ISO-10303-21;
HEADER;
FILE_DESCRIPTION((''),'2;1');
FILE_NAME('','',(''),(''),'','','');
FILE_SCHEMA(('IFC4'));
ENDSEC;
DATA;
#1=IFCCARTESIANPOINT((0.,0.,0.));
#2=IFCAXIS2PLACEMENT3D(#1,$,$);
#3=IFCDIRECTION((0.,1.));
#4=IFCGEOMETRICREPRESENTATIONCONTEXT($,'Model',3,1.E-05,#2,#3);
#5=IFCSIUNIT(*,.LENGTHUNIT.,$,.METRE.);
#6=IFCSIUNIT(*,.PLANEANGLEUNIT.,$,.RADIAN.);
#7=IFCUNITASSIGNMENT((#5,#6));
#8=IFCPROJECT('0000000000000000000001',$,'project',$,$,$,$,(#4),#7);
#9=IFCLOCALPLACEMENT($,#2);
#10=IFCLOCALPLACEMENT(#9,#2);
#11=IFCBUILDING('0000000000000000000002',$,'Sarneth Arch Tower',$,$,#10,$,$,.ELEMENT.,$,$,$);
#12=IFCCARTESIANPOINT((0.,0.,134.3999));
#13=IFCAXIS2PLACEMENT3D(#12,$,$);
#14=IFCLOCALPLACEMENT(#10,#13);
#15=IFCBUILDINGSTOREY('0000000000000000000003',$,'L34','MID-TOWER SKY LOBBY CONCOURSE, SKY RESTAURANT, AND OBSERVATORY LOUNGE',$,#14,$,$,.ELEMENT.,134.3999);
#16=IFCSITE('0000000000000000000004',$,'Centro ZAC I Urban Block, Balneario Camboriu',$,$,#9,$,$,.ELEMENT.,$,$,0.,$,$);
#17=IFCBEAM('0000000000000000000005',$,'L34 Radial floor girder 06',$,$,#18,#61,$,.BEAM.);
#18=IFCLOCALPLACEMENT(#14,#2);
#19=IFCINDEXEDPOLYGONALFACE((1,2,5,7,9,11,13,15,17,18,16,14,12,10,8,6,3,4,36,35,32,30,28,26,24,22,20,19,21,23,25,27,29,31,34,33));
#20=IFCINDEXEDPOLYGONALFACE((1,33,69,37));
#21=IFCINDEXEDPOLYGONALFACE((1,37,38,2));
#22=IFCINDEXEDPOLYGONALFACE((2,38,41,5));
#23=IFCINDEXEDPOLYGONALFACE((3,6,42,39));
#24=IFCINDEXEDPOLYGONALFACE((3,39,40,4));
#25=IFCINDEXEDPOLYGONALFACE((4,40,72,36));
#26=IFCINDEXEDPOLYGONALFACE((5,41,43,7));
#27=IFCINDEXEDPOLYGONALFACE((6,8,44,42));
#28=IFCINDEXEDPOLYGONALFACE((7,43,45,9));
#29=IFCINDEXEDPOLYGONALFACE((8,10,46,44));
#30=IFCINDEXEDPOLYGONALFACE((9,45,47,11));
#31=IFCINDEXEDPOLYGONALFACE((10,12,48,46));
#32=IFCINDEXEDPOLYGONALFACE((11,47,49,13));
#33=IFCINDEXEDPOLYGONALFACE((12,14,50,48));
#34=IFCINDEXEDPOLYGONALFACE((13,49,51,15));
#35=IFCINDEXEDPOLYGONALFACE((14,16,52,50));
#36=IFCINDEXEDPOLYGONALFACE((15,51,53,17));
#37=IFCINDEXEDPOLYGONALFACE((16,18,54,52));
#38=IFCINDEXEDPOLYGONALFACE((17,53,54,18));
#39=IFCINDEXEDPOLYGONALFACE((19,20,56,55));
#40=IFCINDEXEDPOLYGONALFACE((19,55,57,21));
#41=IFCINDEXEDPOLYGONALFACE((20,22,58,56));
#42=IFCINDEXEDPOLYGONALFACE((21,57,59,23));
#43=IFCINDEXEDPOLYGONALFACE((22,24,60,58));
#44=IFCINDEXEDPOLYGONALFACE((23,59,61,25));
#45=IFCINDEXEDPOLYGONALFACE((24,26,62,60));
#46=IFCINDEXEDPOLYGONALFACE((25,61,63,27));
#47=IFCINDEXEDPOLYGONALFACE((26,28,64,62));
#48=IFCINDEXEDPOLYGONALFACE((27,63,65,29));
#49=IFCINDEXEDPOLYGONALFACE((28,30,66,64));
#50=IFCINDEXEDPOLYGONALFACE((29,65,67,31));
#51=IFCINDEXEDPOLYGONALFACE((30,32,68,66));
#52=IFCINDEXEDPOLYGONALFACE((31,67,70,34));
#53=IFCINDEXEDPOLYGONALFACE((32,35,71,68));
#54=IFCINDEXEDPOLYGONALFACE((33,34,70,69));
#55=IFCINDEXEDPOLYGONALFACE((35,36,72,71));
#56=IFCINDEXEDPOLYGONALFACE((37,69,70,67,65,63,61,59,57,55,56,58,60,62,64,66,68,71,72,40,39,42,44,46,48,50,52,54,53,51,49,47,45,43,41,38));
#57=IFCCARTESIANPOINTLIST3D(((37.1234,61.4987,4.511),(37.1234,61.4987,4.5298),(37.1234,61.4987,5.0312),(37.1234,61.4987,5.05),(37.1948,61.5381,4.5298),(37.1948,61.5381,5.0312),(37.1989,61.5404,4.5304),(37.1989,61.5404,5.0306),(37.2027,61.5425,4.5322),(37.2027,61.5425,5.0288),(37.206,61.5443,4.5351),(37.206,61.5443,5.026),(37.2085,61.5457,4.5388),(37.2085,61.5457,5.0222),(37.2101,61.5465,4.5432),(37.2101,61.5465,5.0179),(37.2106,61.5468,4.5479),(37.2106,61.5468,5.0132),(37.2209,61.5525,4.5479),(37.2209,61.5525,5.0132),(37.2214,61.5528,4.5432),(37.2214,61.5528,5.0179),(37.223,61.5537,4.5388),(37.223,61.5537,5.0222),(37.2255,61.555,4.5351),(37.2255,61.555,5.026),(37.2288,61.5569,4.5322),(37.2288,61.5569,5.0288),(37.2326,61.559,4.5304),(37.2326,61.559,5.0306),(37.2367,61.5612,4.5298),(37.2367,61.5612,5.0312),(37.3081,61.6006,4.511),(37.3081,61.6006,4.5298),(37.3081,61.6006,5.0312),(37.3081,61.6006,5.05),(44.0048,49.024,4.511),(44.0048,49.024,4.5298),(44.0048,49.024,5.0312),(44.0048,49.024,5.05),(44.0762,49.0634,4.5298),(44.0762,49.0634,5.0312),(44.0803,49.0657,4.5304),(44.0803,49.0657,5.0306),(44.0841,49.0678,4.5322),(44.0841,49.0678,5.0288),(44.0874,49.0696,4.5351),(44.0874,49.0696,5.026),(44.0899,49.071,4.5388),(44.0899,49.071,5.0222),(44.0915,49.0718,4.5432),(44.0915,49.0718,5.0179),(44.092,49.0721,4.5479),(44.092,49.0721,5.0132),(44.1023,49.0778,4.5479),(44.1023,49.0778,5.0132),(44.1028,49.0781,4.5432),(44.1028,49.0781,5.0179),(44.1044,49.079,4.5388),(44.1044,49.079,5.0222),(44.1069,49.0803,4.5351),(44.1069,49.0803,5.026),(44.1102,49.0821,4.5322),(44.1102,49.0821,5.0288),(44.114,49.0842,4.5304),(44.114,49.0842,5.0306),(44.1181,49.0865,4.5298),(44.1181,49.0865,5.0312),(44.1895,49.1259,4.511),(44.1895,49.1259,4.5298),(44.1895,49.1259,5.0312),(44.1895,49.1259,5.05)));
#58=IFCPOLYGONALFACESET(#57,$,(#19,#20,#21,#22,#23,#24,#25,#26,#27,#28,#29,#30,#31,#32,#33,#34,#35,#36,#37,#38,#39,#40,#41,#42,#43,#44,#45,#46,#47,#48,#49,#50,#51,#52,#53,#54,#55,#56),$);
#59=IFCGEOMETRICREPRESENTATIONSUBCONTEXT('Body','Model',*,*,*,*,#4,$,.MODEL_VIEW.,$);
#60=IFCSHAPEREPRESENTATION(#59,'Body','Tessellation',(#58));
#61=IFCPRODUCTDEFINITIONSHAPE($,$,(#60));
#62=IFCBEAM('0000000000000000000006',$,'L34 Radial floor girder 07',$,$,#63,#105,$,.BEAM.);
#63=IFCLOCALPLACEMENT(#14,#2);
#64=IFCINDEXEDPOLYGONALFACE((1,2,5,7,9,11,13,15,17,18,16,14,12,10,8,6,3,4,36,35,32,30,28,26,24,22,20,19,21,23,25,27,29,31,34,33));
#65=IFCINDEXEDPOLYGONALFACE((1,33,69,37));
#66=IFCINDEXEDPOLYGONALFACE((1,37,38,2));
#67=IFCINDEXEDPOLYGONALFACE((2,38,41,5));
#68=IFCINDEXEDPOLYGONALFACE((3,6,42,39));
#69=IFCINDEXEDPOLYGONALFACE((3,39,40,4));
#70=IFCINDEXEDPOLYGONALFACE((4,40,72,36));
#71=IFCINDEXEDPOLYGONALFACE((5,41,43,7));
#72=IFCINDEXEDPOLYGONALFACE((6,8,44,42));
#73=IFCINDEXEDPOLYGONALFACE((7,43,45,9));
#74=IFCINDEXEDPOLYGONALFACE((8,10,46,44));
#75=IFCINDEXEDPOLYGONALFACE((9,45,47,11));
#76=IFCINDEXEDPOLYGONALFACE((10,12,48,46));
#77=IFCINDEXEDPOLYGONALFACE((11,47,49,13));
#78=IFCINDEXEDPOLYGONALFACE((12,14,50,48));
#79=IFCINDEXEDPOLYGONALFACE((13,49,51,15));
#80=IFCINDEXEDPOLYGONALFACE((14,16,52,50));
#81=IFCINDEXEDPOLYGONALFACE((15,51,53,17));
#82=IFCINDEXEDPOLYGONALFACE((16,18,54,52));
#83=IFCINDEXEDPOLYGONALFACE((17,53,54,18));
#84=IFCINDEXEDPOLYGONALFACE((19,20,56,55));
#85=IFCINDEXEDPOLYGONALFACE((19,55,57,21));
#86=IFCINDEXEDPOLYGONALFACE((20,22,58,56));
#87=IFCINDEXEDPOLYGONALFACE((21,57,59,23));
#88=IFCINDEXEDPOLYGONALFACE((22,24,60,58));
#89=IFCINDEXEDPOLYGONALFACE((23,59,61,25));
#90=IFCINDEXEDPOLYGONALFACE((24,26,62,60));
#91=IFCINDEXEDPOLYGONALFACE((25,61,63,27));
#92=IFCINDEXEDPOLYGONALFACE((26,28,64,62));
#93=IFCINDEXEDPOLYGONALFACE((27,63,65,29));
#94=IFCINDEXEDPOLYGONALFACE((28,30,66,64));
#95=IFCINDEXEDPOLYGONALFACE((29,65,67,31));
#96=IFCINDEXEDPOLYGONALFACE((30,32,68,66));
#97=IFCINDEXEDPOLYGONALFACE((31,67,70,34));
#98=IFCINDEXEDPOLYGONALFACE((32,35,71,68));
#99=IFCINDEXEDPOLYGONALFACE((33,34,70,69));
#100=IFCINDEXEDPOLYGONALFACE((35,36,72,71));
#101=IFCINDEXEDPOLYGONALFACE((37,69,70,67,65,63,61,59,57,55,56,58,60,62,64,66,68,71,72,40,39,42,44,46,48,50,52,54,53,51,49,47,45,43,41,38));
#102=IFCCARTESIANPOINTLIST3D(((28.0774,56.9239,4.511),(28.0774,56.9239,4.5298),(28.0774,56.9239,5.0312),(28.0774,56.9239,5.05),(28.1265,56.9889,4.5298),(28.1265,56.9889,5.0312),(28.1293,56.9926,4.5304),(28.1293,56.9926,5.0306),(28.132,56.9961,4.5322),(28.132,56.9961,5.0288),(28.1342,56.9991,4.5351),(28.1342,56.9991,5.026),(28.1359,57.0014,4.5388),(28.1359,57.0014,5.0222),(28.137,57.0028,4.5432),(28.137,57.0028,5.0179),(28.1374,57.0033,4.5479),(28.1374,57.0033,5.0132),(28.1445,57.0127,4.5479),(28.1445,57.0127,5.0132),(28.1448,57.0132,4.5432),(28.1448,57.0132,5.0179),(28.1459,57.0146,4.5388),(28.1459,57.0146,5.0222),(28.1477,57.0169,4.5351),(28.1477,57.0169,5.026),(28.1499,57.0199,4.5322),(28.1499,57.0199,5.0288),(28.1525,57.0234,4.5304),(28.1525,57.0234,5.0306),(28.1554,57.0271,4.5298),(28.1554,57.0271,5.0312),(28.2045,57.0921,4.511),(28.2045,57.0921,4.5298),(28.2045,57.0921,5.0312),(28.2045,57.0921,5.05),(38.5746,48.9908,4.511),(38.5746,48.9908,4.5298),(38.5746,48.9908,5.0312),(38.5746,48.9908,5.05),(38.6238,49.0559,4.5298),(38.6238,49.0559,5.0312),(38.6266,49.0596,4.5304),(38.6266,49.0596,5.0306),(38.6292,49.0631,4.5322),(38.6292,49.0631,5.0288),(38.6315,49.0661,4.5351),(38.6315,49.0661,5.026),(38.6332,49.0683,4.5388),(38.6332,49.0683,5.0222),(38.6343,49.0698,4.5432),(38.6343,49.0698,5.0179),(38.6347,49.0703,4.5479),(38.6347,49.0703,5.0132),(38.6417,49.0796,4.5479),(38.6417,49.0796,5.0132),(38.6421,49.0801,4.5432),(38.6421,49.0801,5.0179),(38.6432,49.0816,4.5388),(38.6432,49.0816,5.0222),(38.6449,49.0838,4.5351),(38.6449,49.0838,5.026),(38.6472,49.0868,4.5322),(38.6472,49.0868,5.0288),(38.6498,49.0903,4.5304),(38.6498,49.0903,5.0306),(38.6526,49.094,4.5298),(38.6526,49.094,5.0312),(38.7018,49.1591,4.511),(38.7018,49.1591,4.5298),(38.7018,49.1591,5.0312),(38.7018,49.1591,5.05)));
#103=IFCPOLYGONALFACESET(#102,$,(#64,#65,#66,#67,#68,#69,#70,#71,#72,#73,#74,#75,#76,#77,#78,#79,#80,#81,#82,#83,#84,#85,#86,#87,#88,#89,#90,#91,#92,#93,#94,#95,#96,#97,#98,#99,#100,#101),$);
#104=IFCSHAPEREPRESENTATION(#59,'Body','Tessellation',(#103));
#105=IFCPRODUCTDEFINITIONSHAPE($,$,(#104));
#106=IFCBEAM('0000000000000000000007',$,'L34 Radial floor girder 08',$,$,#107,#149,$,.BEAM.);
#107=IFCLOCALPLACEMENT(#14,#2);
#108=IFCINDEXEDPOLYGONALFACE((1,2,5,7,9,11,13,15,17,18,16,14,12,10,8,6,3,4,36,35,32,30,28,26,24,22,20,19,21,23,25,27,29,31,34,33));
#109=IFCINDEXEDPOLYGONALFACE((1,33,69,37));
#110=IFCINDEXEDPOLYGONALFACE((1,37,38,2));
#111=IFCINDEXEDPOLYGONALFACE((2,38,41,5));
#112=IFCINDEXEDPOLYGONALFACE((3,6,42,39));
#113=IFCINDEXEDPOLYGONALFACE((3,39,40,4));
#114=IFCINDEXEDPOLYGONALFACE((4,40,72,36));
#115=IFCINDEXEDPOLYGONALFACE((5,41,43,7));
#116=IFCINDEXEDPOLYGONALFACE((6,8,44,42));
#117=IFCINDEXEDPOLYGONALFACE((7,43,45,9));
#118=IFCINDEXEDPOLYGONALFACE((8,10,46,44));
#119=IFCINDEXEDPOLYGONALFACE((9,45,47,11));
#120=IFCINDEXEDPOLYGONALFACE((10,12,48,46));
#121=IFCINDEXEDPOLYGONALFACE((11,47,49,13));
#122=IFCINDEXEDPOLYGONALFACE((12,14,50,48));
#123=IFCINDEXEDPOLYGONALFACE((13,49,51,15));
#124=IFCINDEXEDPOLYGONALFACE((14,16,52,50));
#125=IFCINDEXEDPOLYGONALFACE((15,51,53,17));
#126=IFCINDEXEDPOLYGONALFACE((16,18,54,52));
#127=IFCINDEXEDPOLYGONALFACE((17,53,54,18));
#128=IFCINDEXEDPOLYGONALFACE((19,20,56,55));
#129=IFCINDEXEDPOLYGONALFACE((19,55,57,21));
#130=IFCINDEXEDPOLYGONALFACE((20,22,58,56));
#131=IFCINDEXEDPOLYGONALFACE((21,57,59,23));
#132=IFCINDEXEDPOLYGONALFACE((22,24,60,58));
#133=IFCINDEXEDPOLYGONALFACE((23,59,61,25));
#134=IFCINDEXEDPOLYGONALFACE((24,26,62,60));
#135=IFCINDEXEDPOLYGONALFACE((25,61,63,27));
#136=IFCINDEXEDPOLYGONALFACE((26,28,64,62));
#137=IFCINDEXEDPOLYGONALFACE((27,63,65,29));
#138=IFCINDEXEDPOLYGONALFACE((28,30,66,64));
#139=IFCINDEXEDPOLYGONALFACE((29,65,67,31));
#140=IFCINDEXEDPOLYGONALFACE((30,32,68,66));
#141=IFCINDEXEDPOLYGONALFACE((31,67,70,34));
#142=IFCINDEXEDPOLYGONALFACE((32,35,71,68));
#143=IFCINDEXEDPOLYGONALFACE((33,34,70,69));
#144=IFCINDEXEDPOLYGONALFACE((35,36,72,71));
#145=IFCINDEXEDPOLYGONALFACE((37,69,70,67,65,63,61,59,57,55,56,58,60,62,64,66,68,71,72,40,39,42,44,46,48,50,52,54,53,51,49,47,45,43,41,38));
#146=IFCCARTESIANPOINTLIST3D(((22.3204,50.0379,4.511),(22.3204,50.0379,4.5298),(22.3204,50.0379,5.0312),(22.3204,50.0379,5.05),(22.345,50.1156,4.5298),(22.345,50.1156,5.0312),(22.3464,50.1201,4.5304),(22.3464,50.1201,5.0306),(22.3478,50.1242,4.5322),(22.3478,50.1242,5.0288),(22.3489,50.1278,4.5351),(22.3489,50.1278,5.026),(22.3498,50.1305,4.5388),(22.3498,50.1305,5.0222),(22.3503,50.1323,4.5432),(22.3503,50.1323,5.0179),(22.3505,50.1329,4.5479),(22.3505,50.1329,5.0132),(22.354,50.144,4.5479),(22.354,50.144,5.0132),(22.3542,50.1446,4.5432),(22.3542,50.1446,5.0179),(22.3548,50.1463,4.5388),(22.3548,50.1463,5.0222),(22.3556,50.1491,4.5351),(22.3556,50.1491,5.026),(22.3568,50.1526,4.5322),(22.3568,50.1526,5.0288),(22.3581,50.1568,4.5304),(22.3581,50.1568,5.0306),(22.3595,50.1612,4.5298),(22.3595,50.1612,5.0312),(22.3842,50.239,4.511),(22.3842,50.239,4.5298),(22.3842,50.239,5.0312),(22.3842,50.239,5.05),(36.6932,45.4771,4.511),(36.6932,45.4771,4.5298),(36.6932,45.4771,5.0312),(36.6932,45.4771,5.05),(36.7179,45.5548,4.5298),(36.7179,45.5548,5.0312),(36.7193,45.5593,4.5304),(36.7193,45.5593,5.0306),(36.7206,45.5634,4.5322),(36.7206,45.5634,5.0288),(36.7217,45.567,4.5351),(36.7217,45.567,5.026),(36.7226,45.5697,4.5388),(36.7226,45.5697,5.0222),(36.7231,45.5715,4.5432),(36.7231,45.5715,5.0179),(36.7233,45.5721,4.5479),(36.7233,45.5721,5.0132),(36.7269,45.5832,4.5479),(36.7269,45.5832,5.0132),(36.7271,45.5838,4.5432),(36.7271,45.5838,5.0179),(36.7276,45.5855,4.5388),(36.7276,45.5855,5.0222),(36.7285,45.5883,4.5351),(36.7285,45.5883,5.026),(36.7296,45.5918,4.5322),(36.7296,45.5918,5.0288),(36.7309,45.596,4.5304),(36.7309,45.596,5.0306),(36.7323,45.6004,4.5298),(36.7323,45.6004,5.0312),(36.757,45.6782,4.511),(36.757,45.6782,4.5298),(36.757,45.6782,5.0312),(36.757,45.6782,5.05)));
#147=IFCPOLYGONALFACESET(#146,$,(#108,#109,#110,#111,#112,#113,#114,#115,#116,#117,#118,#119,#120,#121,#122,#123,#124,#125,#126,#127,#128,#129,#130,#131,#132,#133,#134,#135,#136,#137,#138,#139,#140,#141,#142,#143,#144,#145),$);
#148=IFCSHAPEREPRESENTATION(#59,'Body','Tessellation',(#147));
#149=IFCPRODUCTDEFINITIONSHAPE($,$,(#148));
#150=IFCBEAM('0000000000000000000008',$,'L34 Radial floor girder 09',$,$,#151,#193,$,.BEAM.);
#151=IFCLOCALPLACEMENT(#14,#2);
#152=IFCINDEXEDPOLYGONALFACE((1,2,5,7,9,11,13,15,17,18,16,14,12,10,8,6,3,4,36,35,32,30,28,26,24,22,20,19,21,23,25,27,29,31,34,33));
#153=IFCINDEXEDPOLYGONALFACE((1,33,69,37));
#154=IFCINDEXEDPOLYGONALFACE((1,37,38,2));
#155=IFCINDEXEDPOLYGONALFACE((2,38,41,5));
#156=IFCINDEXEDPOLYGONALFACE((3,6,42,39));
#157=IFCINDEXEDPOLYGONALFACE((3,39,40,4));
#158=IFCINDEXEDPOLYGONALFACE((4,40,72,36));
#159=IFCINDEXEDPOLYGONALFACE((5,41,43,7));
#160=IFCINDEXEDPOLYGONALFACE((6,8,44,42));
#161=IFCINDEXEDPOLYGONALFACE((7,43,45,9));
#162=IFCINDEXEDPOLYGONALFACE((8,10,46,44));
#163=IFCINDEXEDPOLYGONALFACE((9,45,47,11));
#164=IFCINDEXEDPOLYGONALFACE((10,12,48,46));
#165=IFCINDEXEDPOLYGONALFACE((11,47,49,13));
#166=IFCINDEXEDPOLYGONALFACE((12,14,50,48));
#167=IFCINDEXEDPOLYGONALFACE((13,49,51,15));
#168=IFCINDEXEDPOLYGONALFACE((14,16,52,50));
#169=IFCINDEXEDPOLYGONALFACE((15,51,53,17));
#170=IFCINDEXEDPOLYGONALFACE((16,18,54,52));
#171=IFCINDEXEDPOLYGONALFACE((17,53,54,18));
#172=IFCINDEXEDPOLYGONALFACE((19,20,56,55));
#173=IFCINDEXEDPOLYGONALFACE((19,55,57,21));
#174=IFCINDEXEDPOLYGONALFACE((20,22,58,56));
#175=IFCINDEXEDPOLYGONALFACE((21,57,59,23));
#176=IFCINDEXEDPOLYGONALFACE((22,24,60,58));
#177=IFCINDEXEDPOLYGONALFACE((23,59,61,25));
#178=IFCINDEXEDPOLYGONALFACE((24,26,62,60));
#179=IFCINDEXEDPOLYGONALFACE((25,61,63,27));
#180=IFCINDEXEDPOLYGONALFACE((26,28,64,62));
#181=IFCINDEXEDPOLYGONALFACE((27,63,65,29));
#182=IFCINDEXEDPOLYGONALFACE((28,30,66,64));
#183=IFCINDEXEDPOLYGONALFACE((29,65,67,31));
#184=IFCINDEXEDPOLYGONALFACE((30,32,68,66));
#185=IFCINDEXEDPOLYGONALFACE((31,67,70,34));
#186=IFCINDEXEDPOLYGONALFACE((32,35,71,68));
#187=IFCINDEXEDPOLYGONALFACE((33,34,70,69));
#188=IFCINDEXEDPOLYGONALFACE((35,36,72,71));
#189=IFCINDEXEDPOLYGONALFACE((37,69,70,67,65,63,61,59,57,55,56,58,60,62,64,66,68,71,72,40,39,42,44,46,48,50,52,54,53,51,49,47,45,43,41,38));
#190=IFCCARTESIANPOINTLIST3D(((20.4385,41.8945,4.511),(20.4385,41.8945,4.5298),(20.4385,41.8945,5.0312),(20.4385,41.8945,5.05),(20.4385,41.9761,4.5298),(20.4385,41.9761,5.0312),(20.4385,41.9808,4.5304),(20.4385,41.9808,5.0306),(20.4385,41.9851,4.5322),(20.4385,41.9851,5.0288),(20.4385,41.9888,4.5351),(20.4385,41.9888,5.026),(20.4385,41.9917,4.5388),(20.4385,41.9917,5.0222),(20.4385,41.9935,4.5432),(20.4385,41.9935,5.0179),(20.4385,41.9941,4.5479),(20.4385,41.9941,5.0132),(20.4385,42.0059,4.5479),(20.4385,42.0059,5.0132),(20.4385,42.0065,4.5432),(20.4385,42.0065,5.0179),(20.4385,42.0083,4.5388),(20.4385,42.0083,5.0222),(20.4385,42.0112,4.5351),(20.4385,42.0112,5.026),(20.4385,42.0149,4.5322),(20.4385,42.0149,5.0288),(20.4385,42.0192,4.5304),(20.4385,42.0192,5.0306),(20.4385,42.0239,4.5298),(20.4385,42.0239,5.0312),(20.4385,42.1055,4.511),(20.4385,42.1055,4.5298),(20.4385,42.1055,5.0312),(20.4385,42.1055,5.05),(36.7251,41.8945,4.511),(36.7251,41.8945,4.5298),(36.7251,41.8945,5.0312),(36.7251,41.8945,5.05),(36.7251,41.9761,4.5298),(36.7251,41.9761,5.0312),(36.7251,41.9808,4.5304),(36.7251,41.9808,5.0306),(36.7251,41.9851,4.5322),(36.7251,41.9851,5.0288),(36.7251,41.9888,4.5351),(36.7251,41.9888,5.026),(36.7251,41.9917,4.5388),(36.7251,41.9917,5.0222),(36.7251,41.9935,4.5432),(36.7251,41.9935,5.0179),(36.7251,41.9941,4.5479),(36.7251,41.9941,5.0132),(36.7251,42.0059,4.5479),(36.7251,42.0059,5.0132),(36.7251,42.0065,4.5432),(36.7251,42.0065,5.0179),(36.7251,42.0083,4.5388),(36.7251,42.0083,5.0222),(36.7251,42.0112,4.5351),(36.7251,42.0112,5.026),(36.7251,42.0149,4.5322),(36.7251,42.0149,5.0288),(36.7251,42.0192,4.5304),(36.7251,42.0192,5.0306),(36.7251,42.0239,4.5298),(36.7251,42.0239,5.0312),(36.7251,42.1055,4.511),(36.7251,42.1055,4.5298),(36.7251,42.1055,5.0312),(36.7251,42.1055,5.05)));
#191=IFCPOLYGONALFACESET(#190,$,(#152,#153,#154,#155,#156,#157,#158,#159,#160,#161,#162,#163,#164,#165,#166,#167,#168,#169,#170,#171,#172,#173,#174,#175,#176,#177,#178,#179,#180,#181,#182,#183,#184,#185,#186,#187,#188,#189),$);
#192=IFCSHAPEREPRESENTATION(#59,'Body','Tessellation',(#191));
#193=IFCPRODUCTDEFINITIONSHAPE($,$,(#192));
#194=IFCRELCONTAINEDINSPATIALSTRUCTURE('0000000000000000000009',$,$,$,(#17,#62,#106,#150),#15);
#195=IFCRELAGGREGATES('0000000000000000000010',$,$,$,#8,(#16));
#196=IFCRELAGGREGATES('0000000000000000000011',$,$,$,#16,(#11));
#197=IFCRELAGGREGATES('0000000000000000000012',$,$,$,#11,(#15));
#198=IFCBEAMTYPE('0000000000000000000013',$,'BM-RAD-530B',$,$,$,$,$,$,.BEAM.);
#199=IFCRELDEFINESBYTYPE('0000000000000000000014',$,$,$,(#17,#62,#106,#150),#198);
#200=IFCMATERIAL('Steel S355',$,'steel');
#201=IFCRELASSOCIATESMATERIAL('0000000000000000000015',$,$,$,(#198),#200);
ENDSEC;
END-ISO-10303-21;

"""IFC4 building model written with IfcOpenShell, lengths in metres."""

from ifc_helpers import new_model, si_unit, direction, frame, origin, origin_2d, place, context, subcontext, project, spatial, i_section, extrude, material, material_profile, profile_set, type_object, element, save


model = new_model("IFC4")

# Units and contexts
model_context = context("Model", 3, precision=1e-05, world=origin(), true_north=direction((0.0, 1.0)))
body_context = subcontext(model_context, "Body", "Model", "MODEL_VIEW")
ifc_project = project(units=[si_unit("LENGTHUNIT", "METRE"), si_unit("PLANEANGLEUNIT", "RADIAN")], contexts=[model_context])

# Site, building, storey
site_placement = place(None, origin())
site = spatial("IfcSite", under=ifc_project, at=site_placement, Name="Centro ZAC I Urban Block, Balneario Camboriu", CompositionType="ELEMENT", RefElevation=0.0)
building_placement = place(site_placement, origin())
building = spatial("IfcBuilding", under=site, at=building_placement, Name="Sarneth Arch Tower", CompositionType="ELEMENT")
storey_placement = place(building_placement, frame((0.0, 0.0, 134.3999)))
storey = spatial("IfcBuildingStorey", under=building, at=storey_placement, Name="L34", Description="MID-TOWER SKY LOBBY CONCOURSE, SKY RESTAURANT, AND OBSERVATORY LOUNGE", CompositionType="ELEMENT", Elevation=134.3999)

# Beams
ifc_material_1 = material(Name="Steel S355", Category="steel")
ifc_material_profile_1 = material_profile(ifc_material_1, i_section(OverallWidth=0.2109, OverallDepth=0.5391, WebThickness=0.0117, FlangeThickness=0.0188, FilletRadius=0.0181, at=origin_2d()), Name="W530x109")
ifc_profile_set_1 = profile_set([ifc_material_profile_1], Name="Steel S355")
beam_type_1 = type_object("IfcBeamType", Name="BM-RAD-530B", PredefinedType="BEAM", material=ifc_profile_set_1)
beam_1_placement = place(storey_placement, frame((44.0972, 49.075, 4.7805), z_axis=(-0.483013, 0.875613, 0.0), x_axis=(-0.875613, -0.483013, 0.0)))
element("IfcBeam", 1, at=beam_1_placement, inside=storey, type_object=beam_type_1, Name="L34 Radial floor girder 06", PredefinedType="BEAM", context=body_context, shape_type="SweptSolid", body=[
    extrude(i_section(OverallWidth=0.2109, OverallDepth=0.5391, WebThickness=0.0117, FlangeThickness=0.0188, FilletRadius=0.0181, at=origin_2d()), origin(), (0.0, 0.0, 1.0), 14.2468),
])
beam_2_placement = place(storey_placement, frame((38.6382, 49.075, 4.7805), z_axis=(-0.797801, 0.60292, 0.0), x_axis=(-0.60292, -0.797801, 0.0)))
element("IfcBeam", 2, at=beam_2_placement, inside=storey, type_object=beam_type_1, Name="L34 Radial floor girder 07", PredefinedType="BEAM", context=body_context, shape_type="SweptSolid", body=[
    extrude(i_section(OverallWidth=0.2109, OverallDepth=0.5391, WebThickness=0.0117, FlangeThickness=0.0188, FilletRadius=0.0181, at=origin_2d()), origin(), (0.0, 0.0, 1.0), 13.1577),
])
beam_3_placement = place(storey_placement, frame((36.7251, 45.5776, 4.7805), z_axis=(-0.953163, 0.302458, 0.0), x_axis=(-0.302458, -0.953163, 0.0)))
element("IfcBeam", 3, at=beam_3_placement, inside=storey, type_object=beam_type_1, Name="L34 Radial floor girder 08", PredefinedType="BEAM", context=body_context, shape_type="SweptSolid", body=[
    extrude(i_section(OverallWidth=0.2109, OverallDepth=0.5391, WebThickness=0.0117, FlangeThickness=0.0188, FilletRadius=0.0181, at=origin_2d()), origin(), (0.0, 0.0, 1.0), 15.0791),
])
beam_4_placement = place(storey_placement, frame((36.7251, 42.0, 4.7805), z_axis=(-1.0, 0.0, 0.0), x_axis=(0.0, -1.0, 0.0)))
element("IfcBeam", 4, at=beam_4_placement, inside=storey, type_object=beam_type_1, Name="L34 Radial floor girder 09", PredefinedType="BEAM", context=body_context, shape_type="SweptSolid", body=[
    extrude(i_section(OverallWidth=0.2109, OverallDepth=0.5391, WebThickness=0.0117, FlangeThickness=0.0188, FilletRadius=0.0181, at=origin_2d()), origin(), (0.0, 0.0, 1.0), 16.2866),
])

save(model, "model.ifc")
